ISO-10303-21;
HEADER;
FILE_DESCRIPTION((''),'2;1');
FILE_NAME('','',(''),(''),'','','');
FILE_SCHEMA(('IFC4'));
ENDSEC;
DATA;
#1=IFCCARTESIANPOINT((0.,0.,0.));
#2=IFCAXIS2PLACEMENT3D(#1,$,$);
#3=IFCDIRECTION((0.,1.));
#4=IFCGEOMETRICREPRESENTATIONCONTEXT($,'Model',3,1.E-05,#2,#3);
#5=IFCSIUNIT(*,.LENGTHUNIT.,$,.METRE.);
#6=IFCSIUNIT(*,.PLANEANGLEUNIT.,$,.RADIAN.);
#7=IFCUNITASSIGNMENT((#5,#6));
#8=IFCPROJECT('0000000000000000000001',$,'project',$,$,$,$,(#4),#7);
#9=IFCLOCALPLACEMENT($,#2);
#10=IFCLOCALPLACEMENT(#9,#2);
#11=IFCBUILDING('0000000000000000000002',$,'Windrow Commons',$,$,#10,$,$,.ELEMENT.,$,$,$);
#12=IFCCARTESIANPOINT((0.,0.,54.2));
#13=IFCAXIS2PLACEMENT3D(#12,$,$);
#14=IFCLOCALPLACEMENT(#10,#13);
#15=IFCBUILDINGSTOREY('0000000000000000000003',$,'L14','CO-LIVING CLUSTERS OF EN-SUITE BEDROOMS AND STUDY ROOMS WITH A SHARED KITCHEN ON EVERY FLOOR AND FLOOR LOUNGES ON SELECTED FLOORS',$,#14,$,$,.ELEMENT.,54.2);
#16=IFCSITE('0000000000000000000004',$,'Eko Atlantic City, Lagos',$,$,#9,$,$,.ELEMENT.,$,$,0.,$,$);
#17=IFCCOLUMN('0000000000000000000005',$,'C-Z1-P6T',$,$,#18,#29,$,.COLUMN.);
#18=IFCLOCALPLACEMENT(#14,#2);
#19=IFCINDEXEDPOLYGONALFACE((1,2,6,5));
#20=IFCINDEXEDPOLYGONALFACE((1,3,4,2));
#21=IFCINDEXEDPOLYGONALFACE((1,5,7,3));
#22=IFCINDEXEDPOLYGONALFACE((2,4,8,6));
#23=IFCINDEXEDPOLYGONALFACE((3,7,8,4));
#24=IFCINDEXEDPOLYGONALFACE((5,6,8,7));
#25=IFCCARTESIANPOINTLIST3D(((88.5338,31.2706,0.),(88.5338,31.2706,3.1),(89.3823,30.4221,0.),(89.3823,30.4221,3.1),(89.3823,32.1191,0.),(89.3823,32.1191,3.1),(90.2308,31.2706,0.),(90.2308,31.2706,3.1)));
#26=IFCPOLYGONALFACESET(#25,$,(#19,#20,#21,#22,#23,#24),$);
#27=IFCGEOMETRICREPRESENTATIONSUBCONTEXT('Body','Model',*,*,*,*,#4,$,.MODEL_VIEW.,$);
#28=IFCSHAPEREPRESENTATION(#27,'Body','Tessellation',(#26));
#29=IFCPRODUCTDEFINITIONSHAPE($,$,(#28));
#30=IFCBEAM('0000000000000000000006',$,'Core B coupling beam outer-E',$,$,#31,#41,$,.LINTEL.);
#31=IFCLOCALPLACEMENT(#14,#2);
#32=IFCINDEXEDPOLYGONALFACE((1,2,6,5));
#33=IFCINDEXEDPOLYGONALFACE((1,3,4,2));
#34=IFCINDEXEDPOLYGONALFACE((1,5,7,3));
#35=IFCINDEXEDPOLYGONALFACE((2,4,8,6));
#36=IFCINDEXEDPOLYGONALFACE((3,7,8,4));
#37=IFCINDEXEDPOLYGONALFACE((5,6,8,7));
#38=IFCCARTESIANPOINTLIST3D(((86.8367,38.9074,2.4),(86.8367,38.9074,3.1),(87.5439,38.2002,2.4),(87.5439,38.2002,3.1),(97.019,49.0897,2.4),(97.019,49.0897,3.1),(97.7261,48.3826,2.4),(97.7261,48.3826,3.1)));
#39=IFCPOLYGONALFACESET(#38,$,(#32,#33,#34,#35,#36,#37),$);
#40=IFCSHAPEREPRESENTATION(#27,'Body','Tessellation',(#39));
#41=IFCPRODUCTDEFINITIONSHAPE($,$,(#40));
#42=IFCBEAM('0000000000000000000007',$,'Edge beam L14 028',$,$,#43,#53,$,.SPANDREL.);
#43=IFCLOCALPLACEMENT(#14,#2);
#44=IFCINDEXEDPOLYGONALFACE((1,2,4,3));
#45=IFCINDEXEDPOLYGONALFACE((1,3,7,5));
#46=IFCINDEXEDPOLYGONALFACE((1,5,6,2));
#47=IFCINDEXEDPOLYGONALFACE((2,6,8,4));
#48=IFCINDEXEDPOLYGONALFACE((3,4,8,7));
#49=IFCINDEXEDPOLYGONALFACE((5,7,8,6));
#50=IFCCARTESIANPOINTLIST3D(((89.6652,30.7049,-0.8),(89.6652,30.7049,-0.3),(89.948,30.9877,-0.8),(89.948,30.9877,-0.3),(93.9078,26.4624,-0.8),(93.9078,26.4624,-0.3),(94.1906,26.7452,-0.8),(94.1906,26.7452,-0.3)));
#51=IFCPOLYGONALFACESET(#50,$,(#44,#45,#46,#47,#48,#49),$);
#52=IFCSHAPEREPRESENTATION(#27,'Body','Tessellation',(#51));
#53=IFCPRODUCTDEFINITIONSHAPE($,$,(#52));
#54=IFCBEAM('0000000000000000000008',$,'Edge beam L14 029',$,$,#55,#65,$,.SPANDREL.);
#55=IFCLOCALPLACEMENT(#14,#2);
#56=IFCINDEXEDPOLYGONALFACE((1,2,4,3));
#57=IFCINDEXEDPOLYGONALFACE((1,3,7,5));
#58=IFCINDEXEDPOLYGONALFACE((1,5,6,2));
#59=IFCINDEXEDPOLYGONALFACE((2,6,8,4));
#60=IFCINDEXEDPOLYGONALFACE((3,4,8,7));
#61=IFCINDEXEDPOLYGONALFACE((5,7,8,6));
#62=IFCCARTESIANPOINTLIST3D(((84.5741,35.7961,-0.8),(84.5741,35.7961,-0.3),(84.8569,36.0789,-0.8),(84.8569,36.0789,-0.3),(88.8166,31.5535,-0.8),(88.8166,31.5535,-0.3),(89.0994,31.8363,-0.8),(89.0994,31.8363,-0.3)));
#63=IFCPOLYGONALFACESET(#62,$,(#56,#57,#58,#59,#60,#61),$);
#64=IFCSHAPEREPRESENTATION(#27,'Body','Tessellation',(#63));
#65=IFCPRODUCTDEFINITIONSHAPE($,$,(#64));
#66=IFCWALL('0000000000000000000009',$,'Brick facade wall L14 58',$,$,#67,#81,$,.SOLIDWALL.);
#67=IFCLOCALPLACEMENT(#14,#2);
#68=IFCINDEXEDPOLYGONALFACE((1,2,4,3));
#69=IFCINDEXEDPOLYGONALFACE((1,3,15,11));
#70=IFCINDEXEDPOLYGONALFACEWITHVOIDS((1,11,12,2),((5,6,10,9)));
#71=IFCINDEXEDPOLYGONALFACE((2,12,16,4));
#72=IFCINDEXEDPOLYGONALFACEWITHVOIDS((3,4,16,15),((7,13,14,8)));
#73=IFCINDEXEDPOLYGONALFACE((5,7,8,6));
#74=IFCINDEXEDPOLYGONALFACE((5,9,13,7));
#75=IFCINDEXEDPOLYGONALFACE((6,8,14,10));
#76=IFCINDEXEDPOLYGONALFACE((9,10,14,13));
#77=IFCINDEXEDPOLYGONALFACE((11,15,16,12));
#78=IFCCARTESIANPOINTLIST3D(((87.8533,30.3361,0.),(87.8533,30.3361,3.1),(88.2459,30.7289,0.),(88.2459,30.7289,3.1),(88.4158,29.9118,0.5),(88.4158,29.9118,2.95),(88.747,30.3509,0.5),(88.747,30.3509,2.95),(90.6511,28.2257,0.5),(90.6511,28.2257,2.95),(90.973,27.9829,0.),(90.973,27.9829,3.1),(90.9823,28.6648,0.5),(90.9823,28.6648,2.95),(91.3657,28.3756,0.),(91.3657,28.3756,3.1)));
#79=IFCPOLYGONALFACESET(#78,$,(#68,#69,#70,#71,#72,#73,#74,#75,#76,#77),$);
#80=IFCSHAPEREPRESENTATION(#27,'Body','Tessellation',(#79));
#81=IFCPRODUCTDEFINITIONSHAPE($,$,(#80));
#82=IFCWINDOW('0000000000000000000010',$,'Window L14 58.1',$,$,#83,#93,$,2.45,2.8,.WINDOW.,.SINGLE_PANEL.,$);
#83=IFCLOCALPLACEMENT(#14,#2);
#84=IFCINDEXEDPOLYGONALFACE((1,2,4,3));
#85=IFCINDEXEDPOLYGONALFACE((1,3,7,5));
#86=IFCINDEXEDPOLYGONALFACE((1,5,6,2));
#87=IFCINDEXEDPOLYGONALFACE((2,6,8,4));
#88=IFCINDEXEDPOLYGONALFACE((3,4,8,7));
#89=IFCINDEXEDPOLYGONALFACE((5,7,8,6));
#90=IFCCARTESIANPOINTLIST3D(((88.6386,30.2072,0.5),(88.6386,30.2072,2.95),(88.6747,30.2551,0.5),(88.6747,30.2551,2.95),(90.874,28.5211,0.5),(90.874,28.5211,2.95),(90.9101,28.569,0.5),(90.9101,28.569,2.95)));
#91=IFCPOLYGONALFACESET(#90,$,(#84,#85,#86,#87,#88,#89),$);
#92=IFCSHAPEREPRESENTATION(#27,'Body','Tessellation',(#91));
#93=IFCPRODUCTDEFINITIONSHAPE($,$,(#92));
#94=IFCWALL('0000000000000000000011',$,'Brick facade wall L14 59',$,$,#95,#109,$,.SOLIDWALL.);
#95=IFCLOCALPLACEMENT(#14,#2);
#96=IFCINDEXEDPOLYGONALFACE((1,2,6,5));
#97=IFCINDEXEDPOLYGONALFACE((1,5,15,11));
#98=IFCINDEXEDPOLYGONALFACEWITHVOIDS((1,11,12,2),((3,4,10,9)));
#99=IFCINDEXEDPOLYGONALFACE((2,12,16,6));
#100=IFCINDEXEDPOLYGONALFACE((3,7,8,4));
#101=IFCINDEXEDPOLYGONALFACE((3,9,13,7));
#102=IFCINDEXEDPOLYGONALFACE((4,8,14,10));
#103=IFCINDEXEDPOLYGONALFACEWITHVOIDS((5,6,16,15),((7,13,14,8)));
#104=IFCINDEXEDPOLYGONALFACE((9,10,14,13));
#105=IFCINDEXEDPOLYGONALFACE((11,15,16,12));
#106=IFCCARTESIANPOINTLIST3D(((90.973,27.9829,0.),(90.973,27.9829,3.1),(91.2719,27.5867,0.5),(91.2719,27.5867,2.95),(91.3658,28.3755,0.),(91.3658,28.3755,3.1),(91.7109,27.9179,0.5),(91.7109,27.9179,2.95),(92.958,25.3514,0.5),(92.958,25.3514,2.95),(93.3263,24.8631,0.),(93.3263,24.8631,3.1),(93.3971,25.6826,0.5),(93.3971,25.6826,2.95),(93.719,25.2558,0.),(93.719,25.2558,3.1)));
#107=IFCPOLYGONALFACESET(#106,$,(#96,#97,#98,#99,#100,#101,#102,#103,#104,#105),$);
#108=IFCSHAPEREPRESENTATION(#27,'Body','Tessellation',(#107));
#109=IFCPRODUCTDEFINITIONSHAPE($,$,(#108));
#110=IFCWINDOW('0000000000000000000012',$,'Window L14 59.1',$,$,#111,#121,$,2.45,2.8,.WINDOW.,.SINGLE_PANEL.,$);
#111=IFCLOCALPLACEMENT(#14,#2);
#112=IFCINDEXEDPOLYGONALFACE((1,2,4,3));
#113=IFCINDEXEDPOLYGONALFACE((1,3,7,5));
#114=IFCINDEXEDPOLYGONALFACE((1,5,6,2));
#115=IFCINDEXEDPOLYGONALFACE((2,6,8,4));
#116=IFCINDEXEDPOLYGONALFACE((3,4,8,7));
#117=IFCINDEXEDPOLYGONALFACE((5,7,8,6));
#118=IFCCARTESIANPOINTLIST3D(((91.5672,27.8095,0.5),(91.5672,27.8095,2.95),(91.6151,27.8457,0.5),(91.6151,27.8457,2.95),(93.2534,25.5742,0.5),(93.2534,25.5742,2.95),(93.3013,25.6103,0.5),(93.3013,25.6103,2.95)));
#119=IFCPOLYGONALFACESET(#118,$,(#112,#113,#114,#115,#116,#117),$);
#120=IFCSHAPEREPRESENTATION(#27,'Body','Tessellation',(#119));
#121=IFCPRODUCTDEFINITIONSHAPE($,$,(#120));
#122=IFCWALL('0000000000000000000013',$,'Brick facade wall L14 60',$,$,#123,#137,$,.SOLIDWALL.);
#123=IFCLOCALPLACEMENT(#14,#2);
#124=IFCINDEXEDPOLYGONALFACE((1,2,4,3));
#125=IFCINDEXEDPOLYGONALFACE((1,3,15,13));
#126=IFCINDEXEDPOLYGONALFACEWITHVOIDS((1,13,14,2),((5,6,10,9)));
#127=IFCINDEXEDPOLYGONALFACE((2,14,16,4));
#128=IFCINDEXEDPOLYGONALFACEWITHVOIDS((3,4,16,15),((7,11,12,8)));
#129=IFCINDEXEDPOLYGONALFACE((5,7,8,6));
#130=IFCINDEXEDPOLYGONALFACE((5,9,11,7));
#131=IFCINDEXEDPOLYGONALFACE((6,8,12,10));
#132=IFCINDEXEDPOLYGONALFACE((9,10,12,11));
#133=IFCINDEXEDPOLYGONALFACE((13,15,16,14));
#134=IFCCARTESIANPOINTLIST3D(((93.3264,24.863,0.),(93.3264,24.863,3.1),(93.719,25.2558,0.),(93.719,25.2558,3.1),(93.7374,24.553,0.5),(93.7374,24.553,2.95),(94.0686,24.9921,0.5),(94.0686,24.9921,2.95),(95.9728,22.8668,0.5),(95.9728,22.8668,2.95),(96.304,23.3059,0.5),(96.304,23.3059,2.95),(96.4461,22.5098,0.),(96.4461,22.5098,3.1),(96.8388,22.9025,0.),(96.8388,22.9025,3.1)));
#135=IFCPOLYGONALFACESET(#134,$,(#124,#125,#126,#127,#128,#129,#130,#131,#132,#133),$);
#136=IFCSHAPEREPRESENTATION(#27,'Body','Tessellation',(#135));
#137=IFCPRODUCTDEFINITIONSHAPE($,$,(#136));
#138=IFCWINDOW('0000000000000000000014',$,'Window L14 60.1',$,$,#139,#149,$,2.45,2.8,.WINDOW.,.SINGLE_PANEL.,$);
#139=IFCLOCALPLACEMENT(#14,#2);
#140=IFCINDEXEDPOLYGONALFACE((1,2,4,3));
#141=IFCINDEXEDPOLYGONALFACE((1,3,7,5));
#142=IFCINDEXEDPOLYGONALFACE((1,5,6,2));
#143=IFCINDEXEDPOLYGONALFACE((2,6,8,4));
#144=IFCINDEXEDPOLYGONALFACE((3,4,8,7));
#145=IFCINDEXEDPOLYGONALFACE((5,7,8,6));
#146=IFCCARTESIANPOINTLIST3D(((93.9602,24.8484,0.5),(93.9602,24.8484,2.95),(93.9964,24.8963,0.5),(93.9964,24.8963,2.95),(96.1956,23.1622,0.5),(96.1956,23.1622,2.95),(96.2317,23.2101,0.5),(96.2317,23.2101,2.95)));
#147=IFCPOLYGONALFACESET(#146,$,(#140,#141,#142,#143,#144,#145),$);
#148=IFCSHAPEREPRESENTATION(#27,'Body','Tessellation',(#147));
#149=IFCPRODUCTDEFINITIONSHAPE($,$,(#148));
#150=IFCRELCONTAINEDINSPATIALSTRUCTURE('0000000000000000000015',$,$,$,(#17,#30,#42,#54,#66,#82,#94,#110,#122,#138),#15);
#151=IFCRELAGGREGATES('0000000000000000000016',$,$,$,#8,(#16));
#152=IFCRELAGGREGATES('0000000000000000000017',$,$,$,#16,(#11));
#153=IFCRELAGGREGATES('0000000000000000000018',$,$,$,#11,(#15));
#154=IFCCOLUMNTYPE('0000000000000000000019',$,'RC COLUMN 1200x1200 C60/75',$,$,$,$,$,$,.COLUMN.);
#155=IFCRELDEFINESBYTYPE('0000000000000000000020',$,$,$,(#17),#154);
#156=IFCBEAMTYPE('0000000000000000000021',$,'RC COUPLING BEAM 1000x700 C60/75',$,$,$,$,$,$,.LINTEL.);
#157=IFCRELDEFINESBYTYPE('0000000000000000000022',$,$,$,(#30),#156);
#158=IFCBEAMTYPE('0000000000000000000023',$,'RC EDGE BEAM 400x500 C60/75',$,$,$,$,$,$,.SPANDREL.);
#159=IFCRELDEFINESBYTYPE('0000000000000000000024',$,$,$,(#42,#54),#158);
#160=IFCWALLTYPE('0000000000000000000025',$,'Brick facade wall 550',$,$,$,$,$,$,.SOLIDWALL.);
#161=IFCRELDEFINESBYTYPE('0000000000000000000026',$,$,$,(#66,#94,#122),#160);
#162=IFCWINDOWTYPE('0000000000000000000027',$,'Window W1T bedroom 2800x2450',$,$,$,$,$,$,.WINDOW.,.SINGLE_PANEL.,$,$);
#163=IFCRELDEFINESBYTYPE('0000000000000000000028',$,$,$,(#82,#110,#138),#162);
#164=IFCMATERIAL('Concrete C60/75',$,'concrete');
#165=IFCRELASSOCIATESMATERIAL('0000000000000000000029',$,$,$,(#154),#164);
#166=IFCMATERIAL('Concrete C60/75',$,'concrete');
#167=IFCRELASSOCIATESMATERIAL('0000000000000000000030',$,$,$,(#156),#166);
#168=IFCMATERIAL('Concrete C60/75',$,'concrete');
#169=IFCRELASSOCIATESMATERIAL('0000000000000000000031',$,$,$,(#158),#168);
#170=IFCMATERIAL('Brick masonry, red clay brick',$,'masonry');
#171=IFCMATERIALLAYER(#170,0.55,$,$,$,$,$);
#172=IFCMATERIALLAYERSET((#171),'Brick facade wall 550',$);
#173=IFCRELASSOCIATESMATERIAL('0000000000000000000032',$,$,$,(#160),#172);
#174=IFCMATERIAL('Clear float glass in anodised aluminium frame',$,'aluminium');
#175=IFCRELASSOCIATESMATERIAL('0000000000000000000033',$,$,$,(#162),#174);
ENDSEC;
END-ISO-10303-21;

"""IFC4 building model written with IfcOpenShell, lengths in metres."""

from ifc_helpers import new_model, si_unit, direction, frame, frame_2d, origin, origin_2d, place, context, subcontext, project, spatial, polyline, rectangle, outline, extrude, material, layer, layer_set, material_profile, profile_set, type_object, element, fill, save


model = new_model("IFC4")

# Units and contexts
model_context = context("Model", 3, precision=1e-05, world=origin(), true_north=direction((0.0, 1.0)))
body_context = subcontext(model_context, "Body", "Model", "MODEL_VIEW")
ifc_project = project(units=[si_unit("LENGTHUNIT", "METRE"), si_unit("PLANEANGLEUNIT", "RADIAN")], contexts=[model_context])

# Site, building, storey
site_placement = place(None, origin())
site = spatial("IfcSite", under=ifc_project, at=site_placement, Name="Eko Atlantic City, Lagos", CompositionType="ELEMENT", RefElevation=0.0)
building_placement = place(site_placement, origin())
building = spatial("IfcBuilding", under=site, at=building_placement, Name="Windrow Commons", CompositionType="ELEMENT")
storey_placement = place(building_placement, frame((0.0, 0.0, 54.2)))
storey = spatial("IfcBuildingStorey", under=building, at=storey_placement, Name="L14", Description="CO-LIVING CLUSTERS OF EN-SUITE BEDROOMS AND STUDY ROOMS WITH A SHARED KITCHEN ON EVERY FLOOR AND FLOOR LOUNGES ON SELECTED FLOORS", CompositionType="ELEMENT", Elevation=54.2)

# Column
ifc_material_1 = material(Name="Concrete C60/75", Category="concrete")
ifc_material_profile_1 = material_profile(ifc_material_1, rectangle(XDim=1.2, YDim=1.2, at=origin_2d()))
ifc_profile_set_1 = profile_set([ifc_material_profile_1], Name="Concrete C60/75")
column_type = type_object("IfcColumnType", Name="RC COLUMN 1200x1200 C60/75", PredefinedType="COLUMN", material=ifc_profile_set_1)
column_placement = place(storey_placement, frame((89.3823, 31.2706, 0.0), z_axis=(0.0, 0.0, 1.0), x_axis=(0.707107, -0.707107, 0.0)))
element("IfcColumn", 1, at=column_placement, inside=storey, type_object=column_type, Name="C-Z1-P6T", PredefinedType="COLUMN", context=body_context, shape_type="SweptSolid", body=[
    extrude(rectangle(XDim=1.2, YDim=1.2, at=origin_2d()), origin(), (0.0, 0.0, 1.0), 3.1),
])

# Beams
ifc_material_2 = material(Name="Concrete C60/75", Category="concrete")
ifc_material_profile_2 = material_profile(ifc_material_2, rectangle(XDim=1.0, YDim=0.7, at=origin_2d()))
ifc_profile_set_2 = profile_set([ifc_material_profile_2], Name="Concrete C60/75")
beam_type_1 = type_object("IfcBeamType", Name="RC COUPLING BEAM 1000x700 C60/75", PredefinedType="LINTEL", material=ifc_profile_set_2)
beam_placement = place(storey_placement, frame((87.1903, 38.5538, 2.75), z_axis=(0.707103, 0.70711, 0.0), x_axis=(-0.70711, 0.707103, 0.0)))
element("IfcBeam", 2, at=beam_placement, inside=storey, type_object=beam_type_1, Name="Core B coupling beam outer-E", PredefinedType="LINTEL", context=body_context, shape_type="SweptSolid", body=[
    extrude(rectangle(XDim=1.0, YDim=0.7, at=origin_2d()), origin(), (0.0, 0.0, 1.0), 14.4),
])
ifc_material_3 = material(Name="Concrete C60/75", Category="concrete")
ifc_material_profile_3 = material_profile(ifc_material_3, rectangle(XDim=0.4, YDim=0.5, at=origin_2d()))
ifc_profile_set_3 = profile_set([ifc_material_profile_3], Name="Concrete C60/75")
beam_type_2 = type_object("IfcBeamType", Name="RC EDGE BEAM 400x500 C60/75", PredefinedType="SPANDREL", material=ifc_profile_set_3)
for number, where, z_axis, x_axis, name in (
    (3, (94.0492, 26.6038, -0.55), (-0.707115, 0.707098, 0.0), (-0.707098, -0.707115, 0.0), "Edge beam L14 028"),
    (4, (88.958, 31.6949, -0.55), (-0.707098, 0.707115, 0.0), (-0.707115, -0.707098, 0.0), "Edge beam L14 029"),
):
    element("IfcBeam", number, at=place(storey_placement, frame(where, z_axis=z_axis, x_axis=x_axis)), inside=storey, type_object=beam_type_2, Name=name, PredefinedType="SPANDREL", context=body_context, shape_type="SweptSolid", body=[
        extrude(rectangle(XDim=0.4, YDim=0.5, at=origin_2d()), origin(), (0.0, 0.0, 1.0), 5.9999),
    ])

# Walls, openings, windows
ifc_material_4 = material(Name="Brick masonry, red clay brick", Category="masonry")
ifc_layer_1 = layer(ifc_material_4, 0.55)
ifc_layer_set_1 = layer_set([ifc_layer_1], Name="Brick facade wall 550")
wall_type_1 = type_object("IfcWallType", Name="Brick facade wall 550", PredefinedType="SOLIDWALL", material=ifc_layer_set_1)
wall_1_placement = place(storey_placement, frame((88.0496, 30.5325, 0.0), z_axis=(0.0, 0.0, 1.0), x_axis=(0.798345, -0.6022, 0.0)))
wall_1 = element("IfcWall", 5, at=wall_1_placement, inside=storey, type_object=wall_type_1, Name="Brick facade wall L14 58", PredefinedType="SOLIDWALL", context=body_context, shape_type="SweptSolid", body=[
    extrude(outline(polyline([(-0.0385, -0.275), (3.8693, -0.275), (3.9463, 0.275), (0.0385, 0.275), (-0.0385, -0.275)])), origin(), (0.0, 0.0, 1.0), 3.1),
])
opening_1_placement = place(wall_1_placement, frame((0.6661, 0.0, 0.5)))
opening_1 = element("IfcOpeningElement", 6, at=opening_1_placement, cuts=wall_1, PredefinedType="OPENING", context=body_context, shape_type="SweptSolid", body=[
    extrude(rectangle(XDim=2.8, YDim=2.45, at=frame_2d((1.4, 1.225))), frame((0.0, 0.285, 0.0), z_axis=(0.0, -1.0, 0.0), x_axis=(1.0, 0.0, 0.0)), (0.0, 0.0, 1.0), 0.57),
])
ifc_material_5 = material(Name="Clear float glass in anodised aluminium frame", Category="aluminium")
window_type = type_object("IfcWindowType", Name="Window W1T bedroom 2800x2450", PartitioningType="SINGLE_PANEL", PredefinedType="WINDOW", material=ifc_material_5)
window_1_placement = place(opening_1_placement, origin())
window_1 = element("IfcWindow", 7, at=window_1_placement, inside=storey, type_object=window_type, Name="Window L14 58.1", OverallHeight=2.45, OverallWidth=2.8, PartitioningType="SINGLE_PANEL", PredefinedType="WINDOW", context=body_context, shape_type="SweptSolid", body=[
    extrude(rectangle(XDim=2.8, YDim=2.45, at=frame_2d((1.4, 1.225))), frame((0.0, 0.155, 0.0), z_axis=(0.0, -1.0, 0.0), x_axis=(1.0, 0.0, 0.0)), (0.0, 0.0, 1.0), 0.06),
])
fill(opening_1, window_1)
wall_2_placement = place(storey_placement, frame((91.1694, 28.1792, 0.0), z_axis=(0.0, 0.0, 1.0), x_axis=(0.6022, -0.798345, 0.0)))
wall_2 = element("IfcWall", 8, at=wall_2_placement, inside=storey, type_object=wall_type_1, Name="Brick facade wall L14 59", PredefinedType="SOLIDWALL", context=body_context, shape_type="SweptSolid", body=[
    extrude(outline(polyline([(0.0385, -0.275), (3.9463, -0.275), (3.8693, 0.275), (-0.0385, 0.275), (0.0385, -0.275)])), origin(), (0.0, 0.0, 1.0), 3.1),
])
opening_2_placement = place(wall_2_placement, frame((0.5347, 0.0, 0.5)))
opening_2 = element("IfcOpeningElement", 9, at=opening_2_placement, cuts=wall_2, PredefinedType="OPENING", context=body_context, shape_type="SweptSolid", body=[
    extrude(rectangle(XDim=2.8, YDim=2.45, at=frame_2d((1.4, 1.225))), frame((0.0, 0.285, 0.0), z_axis=(0.0, -1.0, 0.0), x_axis=(1.0, 0.0, 0.0)), (0.0, 0.0, 1.0), 0.57),
])
window_2_placement = place(opening_2_placement, origin())
window_2 = element("IfcWindow", 10, at=window_2_placement, inside=storey, type_object=window_type, Name="Window L14 59.1", OverallHeight=2.45, OverallWidth=2.8, PartitioningType="SINGLE_PANEL", PredefinedType="WINDOW", context=body_context, shape_type="SweptSolid", body=[
    extrude(rectangle(XDim=2.8, YDim=2.45, at=frame_2d((1.4, 1.225))), frame((0.0, 0.155, 0.0), z_axis=(0.0, -1.0, 0.0), x_axis=(1.0, 0.0, 0.0)), (0.0, 0.0, 1.0), 0.06),
])
fill(opening_2, window_2)
wall_3_placement = place(storey_placement, frame((93.5227, 25.0594, 0.0), z_axis=(0.0, 0.0, 1.0), x_axis=(0.798345, -0.6022, 0.0)))
wall_3 = element("IfcWall", 11, at=wall_3_placement, inside=storey, type_object=wall_type_1, Name="Brick facade wall L14 60", PredefinedType="SOLIDWALL", context=body_context, shape_type="SweptSolid", body=[
    extrude(outline(polyline([(-0.0385, -0.275), (3.8693, -0.275), (3.9463, 0.275), (0.0385, 0.275), (-0.0385, -0.275)])), origin(), (0.0, 0.0, 1.0), 3.1),
])
opening_3_placement = place(wall_3_placement, frame((0.4764, 0.0, 0.5)))
opening_3 = element("IfcOpeningElement", 12, at=opening_3_placement, cuts=wall_3, PredefinedType="OPENING", context=body_context, shape_type="SweptSolid", body=[
    extrude(rectangle(XDim=2.8, YDim=2.45, at=frame_2d((1.4, 1.225))), frame((0.0, 0.285, 0.0), z_axis=(0.0, -1.0, 0.0), x_axis=(1.0, 0.0, 0.0)), (0.0, 0.0, 1.0), 0.57),
])
window_3_placement = place(opening_3_placement, origin())
window_3 = element("IfcWindow", 13, at=window_3_placement, inside=storey, type_object=window_type, Name="Window L14 60.1", OverallHeight=2.45, OverallWidth=2.8, PartitioningType="SINGLE_PANEL", PredefinedType="WINDOW", context=body_context, shape_type="SweptSolid", body=[
    extrude(rectangle(XDim=2.8, YDim=2.45, at=frame_2d((1.4, 1.225))), frame((0.0, 0.155, 0.0), z_axis=(0.0, -1.0, 0.0), x_axis=(1.0, 0.0, 0.0)), (0.0, 0.0, 1.0), 0.06),
])
fill(opening_3, window_3)

save(model, "model.ifc")
